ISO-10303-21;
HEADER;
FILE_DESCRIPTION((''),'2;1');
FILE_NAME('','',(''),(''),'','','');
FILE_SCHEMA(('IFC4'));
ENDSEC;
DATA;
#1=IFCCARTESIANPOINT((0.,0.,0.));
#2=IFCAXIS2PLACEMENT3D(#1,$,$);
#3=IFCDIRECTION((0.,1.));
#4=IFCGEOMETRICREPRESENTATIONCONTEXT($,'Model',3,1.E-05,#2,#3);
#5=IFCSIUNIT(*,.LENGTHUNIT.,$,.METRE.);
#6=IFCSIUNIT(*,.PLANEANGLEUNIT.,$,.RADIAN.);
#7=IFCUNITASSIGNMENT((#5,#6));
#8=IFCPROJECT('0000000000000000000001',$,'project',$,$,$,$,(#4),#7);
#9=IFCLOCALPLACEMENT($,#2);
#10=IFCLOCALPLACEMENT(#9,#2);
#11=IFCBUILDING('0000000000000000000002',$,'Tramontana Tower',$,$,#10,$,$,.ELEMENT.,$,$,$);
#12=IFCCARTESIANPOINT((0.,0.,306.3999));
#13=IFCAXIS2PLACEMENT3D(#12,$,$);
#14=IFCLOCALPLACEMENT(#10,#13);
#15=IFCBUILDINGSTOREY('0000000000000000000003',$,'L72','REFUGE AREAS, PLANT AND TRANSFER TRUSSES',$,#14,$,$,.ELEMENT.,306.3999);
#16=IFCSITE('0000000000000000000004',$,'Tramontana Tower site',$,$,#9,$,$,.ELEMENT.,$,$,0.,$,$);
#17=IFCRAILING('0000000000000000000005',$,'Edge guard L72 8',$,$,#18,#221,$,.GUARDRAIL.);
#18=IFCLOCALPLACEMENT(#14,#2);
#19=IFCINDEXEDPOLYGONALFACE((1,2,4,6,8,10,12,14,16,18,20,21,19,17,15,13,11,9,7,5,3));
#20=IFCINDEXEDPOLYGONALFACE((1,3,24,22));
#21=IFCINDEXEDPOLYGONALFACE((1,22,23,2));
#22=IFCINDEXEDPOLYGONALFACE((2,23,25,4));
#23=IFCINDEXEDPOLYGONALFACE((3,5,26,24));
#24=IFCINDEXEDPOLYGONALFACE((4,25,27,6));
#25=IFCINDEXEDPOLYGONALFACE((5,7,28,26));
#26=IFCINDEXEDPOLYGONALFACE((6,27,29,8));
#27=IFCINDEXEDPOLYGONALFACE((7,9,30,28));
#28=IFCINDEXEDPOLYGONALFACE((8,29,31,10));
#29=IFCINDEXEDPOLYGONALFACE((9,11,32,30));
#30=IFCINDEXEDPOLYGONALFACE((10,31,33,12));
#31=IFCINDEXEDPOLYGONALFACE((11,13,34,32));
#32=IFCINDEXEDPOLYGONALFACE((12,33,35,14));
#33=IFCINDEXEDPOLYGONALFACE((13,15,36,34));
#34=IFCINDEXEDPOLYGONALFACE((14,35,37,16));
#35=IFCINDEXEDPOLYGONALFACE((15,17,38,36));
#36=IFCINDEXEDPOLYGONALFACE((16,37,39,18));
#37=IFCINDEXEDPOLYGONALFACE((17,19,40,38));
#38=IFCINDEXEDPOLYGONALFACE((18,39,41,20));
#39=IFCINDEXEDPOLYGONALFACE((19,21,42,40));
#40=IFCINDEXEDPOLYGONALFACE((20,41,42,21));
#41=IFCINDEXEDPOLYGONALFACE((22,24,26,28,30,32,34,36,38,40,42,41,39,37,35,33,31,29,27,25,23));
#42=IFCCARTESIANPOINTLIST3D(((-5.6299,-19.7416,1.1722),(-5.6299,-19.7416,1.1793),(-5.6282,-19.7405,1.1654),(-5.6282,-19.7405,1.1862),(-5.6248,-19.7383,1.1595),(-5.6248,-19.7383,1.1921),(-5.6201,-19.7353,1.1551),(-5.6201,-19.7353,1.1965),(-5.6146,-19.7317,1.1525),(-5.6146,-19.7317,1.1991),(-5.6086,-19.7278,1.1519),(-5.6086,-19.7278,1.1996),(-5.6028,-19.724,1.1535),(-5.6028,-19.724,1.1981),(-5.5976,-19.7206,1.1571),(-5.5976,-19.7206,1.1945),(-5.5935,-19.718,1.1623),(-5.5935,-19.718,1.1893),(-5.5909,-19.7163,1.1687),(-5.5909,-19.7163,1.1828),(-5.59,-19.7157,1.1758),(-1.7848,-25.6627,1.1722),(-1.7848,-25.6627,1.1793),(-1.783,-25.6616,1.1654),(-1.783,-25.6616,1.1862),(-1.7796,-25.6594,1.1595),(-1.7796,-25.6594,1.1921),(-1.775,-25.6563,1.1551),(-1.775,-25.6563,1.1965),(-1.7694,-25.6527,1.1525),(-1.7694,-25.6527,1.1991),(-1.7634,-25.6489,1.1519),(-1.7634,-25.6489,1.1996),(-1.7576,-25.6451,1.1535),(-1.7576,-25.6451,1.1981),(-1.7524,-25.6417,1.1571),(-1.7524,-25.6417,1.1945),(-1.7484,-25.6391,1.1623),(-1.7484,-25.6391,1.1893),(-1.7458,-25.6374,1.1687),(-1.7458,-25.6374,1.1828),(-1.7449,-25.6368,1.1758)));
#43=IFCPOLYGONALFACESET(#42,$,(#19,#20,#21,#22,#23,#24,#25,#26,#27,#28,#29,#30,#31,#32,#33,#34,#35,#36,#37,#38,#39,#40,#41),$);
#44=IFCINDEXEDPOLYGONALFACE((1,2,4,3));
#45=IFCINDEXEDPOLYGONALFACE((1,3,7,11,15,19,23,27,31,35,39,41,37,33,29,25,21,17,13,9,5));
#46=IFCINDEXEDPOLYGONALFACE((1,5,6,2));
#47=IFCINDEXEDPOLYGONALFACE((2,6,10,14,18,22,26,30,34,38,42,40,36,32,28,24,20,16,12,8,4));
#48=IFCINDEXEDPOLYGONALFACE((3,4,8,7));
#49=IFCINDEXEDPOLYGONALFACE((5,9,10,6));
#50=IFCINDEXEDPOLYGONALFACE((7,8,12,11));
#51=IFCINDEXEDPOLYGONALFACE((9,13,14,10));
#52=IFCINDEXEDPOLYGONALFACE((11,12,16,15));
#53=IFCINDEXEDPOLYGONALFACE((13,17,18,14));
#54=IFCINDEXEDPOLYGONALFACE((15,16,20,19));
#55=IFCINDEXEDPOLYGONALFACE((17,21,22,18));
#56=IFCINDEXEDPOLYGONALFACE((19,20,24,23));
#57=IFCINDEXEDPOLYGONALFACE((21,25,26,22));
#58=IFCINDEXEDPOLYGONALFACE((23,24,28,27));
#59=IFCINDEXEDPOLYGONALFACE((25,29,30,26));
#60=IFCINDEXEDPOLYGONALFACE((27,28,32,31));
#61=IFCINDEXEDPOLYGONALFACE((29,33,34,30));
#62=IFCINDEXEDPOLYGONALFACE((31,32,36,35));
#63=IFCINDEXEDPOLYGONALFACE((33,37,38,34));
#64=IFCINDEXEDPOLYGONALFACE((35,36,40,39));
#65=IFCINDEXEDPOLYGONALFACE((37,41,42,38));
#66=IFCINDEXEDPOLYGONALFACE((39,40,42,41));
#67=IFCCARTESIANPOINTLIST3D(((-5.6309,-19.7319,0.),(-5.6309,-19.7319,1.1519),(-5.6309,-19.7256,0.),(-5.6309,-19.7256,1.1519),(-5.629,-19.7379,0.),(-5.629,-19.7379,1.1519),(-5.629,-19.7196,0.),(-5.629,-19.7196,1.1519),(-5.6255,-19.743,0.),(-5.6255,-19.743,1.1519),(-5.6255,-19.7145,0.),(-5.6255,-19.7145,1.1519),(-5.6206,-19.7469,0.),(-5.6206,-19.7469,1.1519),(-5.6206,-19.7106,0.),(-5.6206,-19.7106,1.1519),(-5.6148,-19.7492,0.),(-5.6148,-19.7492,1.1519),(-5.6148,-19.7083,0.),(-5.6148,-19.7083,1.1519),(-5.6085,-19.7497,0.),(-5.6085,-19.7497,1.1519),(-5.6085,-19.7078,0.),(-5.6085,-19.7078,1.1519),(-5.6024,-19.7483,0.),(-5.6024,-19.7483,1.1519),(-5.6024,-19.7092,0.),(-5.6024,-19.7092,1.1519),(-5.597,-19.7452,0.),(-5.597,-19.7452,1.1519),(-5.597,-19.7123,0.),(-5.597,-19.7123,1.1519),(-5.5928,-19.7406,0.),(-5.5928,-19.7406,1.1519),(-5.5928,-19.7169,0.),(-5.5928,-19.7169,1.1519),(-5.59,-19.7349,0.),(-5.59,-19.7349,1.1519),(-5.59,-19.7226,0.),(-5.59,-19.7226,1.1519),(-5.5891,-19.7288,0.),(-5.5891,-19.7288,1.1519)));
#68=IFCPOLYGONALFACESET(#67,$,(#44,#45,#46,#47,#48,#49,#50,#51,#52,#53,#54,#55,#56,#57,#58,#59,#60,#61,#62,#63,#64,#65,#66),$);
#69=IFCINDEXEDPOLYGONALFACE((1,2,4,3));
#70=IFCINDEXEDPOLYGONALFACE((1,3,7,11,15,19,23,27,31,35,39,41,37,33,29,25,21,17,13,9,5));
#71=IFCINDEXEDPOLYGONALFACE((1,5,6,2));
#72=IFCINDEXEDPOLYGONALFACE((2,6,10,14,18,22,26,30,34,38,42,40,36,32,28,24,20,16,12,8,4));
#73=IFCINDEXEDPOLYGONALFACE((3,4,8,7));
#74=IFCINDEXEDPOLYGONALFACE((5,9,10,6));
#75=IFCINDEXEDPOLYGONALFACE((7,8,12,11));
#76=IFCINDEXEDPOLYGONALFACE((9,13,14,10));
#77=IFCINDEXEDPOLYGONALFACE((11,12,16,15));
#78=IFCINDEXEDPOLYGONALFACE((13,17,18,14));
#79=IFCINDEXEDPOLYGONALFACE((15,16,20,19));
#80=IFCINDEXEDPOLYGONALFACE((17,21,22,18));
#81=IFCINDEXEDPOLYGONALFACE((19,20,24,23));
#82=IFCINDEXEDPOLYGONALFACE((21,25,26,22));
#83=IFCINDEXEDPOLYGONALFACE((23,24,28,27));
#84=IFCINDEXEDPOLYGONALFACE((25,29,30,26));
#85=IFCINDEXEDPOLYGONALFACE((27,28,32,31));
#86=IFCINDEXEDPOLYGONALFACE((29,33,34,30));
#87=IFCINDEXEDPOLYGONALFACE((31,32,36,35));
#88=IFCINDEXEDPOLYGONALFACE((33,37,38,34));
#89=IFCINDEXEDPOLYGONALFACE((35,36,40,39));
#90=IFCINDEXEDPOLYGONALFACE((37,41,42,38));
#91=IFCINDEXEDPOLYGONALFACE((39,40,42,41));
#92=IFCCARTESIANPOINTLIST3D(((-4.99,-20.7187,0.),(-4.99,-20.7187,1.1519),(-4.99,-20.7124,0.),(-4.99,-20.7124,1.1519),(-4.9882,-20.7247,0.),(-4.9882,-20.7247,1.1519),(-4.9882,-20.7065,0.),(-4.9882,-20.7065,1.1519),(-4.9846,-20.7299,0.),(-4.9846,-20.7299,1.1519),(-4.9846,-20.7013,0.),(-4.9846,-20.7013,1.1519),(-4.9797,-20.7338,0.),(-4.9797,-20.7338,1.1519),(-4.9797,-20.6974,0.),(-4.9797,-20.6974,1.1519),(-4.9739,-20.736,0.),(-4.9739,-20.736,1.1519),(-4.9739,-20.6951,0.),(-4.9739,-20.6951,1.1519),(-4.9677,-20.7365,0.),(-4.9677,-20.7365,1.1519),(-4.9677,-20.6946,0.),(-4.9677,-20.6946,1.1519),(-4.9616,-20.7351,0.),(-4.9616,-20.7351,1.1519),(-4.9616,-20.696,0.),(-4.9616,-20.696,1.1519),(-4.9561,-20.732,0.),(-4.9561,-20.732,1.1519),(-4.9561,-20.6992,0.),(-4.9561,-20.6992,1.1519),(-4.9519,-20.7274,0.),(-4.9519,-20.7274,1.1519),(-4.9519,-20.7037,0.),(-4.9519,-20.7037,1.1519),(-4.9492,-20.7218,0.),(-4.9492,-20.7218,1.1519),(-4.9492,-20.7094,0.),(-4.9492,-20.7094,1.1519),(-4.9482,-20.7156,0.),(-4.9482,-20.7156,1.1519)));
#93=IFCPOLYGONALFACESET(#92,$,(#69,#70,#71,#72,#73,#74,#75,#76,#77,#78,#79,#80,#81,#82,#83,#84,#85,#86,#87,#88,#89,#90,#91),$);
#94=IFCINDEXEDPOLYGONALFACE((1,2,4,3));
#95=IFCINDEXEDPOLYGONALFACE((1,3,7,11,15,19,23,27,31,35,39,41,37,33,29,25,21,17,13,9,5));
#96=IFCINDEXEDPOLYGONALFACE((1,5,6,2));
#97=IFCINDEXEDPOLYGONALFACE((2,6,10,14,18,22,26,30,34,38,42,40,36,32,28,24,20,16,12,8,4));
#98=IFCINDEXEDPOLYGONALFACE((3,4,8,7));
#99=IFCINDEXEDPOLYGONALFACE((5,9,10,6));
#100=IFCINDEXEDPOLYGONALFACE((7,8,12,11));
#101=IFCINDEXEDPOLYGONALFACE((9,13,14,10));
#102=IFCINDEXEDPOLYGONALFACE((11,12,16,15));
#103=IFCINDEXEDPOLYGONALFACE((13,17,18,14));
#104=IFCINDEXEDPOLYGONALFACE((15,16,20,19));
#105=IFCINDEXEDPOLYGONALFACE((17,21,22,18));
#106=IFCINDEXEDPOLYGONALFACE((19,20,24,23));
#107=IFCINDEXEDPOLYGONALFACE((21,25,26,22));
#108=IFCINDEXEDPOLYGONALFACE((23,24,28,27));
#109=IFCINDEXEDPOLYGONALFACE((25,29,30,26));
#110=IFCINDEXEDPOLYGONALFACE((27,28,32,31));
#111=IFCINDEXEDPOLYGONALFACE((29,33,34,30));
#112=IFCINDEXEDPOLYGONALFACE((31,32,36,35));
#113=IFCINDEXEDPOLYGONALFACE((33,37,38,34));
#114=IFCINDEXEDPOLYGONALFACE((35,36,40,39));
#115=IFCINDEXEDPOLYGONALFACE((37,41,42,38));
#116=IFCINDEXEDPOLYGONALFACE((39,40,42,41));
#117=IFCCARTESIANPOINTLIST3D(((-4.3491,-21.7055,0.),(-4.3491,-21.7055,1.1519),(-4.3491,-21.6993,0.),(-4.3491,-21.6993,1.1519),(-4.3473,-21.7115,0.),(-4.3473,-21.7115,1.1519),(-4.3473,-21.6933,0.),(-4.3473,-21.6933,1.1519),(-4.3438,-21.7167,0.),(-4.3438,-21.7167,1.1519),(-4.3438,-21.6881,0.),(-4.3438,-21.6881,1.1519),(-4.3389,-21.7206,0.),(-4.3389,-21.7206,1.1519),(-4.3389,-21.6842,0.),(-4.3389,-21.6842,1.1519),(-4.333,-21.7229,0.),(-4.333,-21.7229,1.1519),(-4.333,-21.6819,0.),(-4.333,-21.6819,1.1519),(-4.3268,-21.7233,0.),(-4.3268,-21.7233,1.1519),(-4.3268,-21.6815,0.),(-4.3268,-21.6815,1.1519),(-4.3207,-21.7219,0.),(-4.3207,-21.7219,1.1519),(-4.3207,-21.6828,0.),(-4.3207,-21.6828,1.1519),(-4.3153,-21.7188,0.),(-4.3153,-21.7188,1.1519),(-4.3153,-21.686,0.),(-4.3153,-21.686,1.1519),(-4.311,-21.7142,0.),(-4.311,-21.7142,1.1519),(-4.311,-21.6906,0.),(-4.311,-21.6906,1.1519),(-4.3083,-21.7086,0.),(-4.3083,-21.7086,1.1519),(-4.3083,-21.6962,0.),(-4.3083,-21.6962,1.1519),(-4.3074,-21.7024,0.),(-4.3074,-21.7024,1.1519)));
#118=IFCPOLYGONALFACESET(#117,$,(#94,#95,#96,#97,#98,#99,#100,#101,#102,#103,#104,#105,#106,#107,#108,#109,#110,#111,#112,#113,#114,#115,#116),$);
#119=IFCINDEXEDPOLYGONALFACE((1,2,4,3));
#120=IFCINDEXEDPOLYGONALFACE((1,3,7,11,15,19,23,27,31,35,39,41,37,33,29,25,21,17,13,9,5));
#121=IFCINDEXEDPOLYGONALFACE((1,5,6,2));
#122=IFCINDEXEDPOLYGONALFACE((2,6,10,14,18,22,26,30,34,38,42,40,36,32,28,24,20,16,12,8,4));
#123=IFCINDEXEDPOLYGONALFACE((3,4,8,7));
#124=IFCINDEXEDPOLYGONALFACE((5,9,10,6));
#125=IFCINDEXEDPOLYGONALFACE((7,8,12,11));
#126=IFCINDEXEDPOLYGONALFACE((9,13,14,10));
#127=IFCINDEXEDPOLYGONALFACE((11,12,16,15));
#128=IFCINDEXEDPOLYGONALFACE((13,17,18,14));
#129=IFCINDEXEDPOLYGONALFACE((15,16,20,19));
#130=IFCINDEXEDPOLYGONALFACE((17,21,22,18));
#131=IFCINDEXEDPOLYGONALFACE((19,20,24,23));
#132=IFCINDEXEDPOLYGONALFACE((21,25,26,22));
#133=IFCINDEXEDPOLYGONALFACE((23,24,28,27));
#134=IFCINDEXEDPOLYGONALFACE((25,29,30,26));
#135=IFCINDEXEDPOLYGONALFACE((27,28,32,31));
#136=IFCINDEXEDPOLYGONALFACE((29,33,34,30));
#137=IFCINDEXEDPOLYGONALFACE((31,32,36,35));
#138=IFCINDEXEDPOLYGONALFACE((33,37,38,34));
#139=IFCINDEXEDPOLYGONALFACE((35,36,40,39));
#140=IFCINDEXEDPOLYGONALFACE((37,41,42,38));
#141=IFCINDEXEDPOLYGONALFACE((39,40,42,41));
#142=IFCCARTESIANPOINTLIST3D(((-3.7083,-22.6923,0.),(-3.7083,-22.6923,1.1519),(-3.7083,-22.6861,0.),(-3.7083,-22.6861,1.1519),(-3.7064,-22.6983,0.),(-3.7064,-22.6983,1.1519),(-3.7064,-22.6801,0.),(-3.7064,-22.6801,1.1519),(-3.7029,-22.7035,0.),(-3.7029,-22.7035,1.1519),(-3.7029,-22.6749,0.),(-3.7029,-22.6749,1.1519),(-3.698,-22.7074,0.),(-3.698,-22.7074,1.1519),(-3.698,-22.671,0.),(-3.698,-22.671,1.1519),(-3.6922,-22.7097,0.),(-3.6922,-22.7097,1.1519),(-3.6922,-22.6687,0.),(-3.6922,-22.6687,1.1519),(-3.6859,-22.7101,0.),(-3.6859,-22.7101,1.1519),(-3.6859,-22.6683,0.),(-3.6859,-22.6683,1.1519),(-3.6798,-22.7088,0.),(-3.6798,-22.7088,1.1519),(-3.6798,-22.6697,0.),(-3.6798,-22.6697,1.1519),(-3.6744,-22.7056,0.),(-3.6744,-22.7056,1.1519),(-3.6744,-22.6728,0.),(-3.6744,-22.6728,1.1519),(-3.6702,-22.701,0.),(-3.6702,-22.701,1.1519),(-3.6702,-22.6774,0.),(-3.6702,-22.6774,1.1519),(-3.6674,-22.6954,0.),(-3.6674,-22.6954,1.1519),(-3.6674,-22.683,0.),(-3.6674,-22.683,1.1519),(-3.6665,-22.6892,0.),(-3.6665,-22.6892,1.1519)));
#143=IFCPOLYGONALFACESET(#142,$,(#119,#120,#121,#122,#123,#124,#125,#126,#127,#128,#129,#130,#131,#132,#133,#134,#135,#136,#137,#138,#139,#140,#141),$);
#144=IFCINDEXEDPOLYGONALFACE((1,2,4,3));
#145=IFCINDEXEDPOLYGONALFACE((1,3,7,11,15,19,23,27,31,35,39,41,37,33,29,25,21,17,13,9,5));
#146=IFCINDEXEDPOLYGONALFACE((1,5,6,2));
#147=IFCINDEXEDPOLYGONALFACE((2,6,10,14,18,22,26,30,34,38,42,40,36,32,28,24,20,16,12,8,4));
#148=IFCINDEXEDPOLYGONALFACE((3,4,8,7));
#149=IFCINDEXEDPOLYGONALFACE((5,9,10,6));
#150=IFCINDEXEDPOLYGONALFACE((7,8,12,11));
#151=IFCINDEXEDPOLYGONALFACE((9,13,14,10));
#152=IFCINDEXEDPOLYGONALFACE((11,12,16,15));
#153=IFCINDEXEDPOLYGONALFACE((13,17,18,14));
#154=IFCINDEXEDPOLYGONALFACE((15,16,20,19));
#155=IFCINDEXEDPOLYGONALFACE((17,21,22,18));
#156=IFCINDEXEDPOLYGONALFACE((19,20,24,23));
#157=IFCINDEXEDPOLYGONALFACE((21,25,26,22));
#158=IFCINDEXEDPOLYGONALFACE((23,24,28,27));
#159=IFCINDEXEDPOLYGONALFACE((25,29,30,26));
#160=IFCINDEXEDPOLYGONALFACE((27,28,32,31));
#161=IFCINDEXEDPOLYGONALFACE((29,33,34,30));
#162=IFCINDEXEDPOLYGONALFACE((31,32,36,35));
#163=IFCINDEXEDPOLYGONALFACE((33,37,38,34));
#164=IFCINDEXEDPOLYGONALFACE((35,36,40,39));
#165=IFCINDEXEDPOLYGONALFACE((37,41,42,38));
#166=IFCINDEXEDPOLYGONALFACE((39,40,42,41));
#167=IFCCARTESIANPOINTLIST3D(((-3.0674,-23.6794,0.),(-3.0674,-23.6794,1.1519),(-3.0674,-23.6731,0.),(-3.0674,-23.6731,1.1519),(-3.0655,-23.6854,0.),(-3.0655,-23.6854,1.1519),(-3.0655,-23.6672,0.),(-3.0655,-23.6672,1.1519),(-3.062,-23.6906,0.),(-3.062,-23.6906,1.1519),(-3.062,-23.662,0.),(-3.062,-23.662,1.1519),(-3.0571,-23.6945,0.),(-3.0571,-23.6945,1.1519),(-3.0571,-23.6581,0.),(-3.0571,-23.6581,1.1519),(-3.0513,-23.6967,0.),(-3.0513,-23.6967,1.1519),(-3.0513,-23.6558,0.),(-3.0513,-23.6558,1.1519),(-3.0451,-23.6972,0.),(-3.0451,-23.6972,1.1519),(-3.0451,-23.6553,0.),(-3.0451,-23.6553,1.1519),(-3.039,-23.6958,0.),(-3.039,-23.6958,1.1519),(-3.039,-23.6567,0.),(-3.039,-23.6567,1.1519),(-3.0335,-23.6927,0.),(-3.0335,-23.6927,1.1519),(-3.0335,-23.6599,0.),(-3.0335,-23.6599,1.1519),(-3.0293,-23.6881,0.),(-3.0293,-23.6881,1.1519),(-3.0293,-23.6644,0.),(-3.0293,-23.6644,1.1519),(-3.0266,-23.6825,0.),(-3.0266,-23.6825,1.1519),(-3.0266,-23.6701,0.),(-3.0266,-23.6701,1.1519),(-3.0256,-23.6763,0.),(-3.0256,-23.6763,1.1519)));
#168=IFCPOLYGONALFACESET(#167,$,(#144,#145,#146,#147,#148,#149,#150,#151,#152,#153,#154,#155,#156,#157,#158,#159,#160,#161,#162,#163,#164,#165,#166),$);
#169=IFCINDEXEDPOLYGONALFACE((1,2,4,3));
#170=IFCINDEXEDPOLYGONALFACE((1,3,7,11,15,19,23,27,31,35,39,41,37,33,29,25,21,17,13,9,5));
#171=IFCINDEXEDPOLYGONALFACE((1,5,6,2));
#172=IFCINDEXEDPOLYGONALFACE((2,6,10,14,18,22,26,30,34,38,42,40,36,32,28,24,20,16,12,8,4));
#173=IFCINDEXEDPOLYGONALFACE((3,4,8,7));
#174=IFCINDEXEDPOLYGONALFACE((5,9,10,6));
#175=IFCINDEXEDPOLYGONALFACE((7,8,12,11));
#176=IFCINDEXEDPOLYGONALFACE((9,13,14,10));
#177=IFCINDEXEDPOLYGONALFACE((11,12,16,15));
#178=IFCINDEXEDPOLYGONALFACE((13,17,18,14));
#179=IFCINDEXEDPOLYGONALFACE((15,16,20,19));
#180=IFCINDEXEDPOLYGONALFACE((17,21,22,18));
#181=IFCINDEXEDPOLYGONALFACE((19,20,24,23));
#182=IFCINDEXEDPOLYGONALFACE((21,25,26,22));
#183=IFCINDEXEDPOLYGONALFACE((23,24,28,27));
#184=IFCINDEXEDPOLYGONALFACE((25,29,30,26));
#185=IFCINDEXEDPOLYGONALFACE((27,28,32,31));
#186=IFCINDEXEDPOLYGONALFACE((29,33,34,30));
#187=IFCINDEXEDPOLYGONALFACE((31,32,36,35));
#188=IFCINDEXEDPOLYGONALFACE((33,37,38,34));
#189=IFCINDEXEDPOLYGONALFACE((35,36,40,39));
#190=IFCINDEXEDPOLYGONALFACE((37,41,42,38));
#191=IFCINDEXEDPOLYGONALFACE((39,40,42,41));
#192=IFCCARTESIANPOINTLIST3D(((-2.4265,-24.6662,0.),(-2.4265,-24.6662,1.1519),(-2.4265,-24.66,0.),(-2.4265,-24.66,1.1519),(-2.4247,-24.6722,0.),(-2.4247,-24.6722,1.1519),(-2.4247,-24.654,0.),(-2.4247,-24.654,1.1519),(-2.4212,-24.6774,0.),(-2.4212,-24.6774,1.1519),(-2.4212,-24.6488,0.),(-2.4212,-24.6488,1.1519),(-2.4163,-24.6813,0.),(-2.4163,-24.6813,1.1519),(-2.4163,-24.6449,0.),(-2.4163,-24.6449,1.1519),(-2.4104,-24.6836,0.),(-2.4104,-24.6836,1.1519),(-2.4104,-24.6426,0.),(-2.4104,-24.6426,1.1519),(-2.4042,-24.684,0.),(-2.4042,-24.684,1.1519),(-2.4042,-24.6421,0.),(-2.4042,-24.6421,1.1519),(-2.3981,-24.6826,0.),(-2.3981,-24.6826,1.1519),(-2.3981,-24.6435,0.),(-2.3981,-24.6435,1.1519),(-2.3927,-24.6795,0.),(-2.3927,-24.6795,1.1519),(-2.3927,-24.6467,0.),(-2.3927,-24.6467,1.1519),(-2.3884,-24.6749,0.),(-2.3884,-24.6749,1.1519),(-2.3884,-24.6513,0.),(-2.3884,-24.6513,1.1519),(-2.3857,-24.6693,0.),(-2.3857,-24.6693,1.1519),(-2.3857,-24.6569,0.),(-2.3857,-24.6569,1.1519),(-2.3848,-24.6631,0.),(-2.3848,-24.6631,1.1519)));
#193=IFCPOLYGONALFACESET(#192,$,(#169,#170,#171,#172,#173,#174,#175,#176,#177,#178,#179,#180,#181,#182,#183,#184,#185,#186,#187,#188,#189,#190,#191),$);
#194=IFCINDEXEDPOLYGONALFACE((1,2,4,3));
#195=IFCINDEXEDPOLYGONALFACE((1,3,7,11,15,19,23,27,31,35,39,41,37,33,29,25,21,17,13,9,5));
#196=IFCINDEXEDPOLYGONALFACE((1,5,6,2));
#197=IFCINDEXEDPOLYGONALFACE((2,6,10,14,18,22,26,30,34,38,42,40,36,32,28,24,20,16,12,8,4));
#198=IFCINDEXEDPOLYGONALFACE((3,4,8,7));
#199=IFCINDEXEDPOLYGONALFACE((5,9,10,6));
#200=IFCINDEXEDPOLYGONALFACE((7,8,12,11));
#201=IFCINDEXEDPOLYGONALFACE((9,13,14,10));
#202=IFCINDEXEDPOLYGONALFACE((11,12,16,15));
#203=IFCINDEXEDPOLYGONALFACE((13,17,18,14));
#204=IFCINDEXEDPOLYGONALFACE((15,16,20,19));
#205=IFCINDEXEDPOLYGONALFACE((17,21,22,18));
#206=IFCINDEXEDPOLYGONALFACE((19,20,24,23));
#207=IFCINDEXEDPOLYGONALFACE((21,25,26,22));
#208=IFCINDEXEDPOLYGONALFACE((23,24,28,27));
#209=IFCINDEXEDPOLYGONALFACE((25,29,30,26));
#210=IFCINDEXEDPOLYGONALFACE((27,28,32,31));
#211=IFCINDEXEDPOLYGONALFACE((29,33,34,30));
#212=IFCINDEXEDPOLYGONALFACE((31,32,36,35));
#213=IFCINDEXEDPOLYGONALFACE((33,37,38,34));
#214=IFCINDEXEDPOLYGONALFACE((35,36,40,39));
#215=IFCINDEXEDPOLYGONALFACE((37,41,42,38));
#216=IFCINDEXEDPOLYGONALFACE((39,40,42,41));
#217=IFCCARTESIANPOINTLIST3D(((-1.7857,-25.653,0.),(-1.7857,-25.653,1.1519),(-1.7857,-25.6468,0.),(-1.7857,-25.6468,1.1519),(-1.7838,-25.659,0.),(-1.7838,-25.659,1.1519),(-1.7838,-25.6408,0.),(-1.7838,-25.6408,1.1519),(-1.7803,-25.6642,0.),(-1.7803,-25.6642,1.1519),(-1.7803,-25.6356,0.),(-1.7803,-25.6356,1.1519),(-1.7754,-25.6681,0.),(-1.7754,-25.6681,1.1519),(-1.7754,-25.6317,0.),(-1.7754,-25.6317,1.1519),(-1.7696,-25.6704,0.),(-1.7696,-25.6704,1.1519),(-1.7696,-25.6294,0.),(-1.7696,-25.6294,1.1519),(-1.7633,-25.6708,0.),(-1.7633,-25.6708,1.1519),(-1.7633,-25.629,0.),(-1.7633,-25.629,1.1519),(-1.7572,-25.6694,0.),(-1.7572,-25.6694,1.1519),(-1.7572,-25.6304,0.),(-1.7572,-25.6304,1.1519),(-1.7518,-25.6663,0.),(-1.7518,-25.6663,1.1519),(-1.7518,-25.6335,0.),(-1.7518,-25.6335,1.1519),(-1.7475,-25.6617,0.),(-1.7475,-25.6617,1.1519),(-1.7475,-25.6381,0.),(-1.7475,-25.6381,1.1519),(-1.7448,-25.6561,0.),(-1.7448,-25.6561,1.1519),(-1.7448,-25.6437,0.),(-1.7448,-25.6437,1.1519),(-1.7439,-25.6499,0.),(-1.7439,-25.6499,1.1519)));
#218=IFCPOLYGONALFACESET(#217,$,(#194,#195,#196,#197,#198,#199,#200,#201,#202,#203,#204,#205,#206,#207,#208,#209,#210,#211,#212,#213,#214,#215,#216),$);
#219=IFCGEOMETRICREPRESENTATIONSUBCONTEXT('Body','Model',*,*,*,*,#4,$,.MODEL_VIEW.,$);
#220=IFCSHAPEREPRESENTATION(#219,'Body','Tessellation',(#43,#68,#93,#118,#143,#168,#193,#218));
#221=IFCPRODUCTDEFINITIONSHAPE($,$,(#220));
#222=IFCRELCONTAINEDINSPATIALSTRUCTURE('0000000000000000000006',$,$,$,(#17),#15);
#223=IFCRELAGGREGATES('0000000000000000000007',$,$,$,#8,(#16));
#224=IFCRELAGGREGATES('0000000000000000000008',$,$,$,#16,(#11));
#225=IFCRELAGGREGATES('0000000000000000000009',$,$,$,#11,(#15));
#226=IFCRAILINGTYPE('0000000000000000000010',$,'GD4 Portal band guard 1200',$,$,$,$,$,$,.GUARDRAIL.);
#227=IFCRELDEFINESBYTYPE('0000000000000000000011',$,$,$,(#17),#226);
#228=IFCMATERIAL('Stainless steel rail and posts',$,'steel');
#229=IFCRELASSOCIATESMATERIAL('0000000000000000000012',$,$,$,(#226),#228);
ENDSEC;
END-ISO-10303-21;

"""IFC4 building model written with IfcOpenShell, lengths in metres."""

from ifc_helpers import new_model, si_unit, direction, frame, origin, origin_2d, place, context, subcontext, project, spatial, circle, extrude, material, type_object, element, save


model = new_model("IFC4")

# Units and contexts
model_context = context("Model", 3, precision=1e-05, world=origin(), true_north=direction((0.0, 1.0)))
body_context = subcontext(model_context, "Body", "Model", "MODEL_VIEW")
ifc_project = project(units=[si_unit("LENGTHUNIT", "METRE"), si_unit("PLANEANGLEUNIT", "RADIAN")], contexts=[model_context])

# Site, building, storey
site_placement = place(None, origin())
site = spatial("IfcSite", under=ifc_project, at=site_placement, Name="Tramontana Tower site", CompositionType="ELEMENT", RefElevation=0.0)
building_placement = place(site_placement, origin())
building = spatial("IfcBuilding", under=site, at=building_placement, Name="Tramontana Tower", CompositionType="ELEMENT")
storey_placement = place(building_placement, frame((0.0, 0.0, 306.3999)))
storey = spatial("IfcBuildingStorey", under=building, at=storey_placement, Name="L72", Description="REFUGE AREAS, PLANT AND TRANSFER TRUSSES", CompositionType="ELEMENT", Elevation=306.3999)

# Railing
ifc_material_1 = material(Name="Stainless steel rail and posts", Category="steel")
railing_type = type_object("IfcRailingType", Name="GD4 Portal band guard 1200", PredefinedType="GUARDRAIL", material=ifc_material_1)
railing_1_placement = place(storey_placement, frame((-5.6101, -19.7288, 0.0)))
element("IfcRailing", 1, at=railing_1_placement, inside=storey, type_object=railing_type, Name="Edge guard L72 8", PredefinedType="GUARDRAIL", context=body_context, shape_type="SweptSolid", body=[
    extrude(circle(Radius=0.0239, at=origin_2d()), frame((0.0, 0.0, 1.1758), z_axis=(0.544637, -0.838672, 0.0), x_axis=(0.838672, 0.544637, 0.0)), (0.0, 0.0, 1.0), 7.0601),
    extrude(circle(Radius=0.021, at=origin_2d()), origin(), (0.0, 0.0, 1.0), 1.1519),
    extrude(circle(Radius=0.021, at=origin_2d()), frame((0.6409, -0.9868, 0.0)), (0.0, 0.0, 1.0), 1.1519),
    extrude(circle(Radius=0.021, at=origin_2d()), frame((1.2817, -1.9736, 0.0)), (0.0, 0.0, 1.0), 1.1519),
    extrude(circle(Radius=0.021, at=origin_2d()), frame((1.9226, -2.9604, 0.0)), (0.0, 0.0, 1.0), 1.1519),
    extrude(circle(Radius=0.021, at=origin_2d()), frame((2.5635, -3.9475, 0.0)), (0.0, 0.0, 1.0), 1.1519),
    extrude(circle(Radius=0.021, at=origin_2d()), frame((3.2043, -4.9343, 0.0)), (0.0, 0.0, 1.0), 1.1519),
    extrude(circle(Radius=0.021, at=origin_2d()), frame((3.8452, -5.9211, 0.0)), (0.0, 0.0, 1.0), 1.1519),
])

save(model, "model.ifc")
